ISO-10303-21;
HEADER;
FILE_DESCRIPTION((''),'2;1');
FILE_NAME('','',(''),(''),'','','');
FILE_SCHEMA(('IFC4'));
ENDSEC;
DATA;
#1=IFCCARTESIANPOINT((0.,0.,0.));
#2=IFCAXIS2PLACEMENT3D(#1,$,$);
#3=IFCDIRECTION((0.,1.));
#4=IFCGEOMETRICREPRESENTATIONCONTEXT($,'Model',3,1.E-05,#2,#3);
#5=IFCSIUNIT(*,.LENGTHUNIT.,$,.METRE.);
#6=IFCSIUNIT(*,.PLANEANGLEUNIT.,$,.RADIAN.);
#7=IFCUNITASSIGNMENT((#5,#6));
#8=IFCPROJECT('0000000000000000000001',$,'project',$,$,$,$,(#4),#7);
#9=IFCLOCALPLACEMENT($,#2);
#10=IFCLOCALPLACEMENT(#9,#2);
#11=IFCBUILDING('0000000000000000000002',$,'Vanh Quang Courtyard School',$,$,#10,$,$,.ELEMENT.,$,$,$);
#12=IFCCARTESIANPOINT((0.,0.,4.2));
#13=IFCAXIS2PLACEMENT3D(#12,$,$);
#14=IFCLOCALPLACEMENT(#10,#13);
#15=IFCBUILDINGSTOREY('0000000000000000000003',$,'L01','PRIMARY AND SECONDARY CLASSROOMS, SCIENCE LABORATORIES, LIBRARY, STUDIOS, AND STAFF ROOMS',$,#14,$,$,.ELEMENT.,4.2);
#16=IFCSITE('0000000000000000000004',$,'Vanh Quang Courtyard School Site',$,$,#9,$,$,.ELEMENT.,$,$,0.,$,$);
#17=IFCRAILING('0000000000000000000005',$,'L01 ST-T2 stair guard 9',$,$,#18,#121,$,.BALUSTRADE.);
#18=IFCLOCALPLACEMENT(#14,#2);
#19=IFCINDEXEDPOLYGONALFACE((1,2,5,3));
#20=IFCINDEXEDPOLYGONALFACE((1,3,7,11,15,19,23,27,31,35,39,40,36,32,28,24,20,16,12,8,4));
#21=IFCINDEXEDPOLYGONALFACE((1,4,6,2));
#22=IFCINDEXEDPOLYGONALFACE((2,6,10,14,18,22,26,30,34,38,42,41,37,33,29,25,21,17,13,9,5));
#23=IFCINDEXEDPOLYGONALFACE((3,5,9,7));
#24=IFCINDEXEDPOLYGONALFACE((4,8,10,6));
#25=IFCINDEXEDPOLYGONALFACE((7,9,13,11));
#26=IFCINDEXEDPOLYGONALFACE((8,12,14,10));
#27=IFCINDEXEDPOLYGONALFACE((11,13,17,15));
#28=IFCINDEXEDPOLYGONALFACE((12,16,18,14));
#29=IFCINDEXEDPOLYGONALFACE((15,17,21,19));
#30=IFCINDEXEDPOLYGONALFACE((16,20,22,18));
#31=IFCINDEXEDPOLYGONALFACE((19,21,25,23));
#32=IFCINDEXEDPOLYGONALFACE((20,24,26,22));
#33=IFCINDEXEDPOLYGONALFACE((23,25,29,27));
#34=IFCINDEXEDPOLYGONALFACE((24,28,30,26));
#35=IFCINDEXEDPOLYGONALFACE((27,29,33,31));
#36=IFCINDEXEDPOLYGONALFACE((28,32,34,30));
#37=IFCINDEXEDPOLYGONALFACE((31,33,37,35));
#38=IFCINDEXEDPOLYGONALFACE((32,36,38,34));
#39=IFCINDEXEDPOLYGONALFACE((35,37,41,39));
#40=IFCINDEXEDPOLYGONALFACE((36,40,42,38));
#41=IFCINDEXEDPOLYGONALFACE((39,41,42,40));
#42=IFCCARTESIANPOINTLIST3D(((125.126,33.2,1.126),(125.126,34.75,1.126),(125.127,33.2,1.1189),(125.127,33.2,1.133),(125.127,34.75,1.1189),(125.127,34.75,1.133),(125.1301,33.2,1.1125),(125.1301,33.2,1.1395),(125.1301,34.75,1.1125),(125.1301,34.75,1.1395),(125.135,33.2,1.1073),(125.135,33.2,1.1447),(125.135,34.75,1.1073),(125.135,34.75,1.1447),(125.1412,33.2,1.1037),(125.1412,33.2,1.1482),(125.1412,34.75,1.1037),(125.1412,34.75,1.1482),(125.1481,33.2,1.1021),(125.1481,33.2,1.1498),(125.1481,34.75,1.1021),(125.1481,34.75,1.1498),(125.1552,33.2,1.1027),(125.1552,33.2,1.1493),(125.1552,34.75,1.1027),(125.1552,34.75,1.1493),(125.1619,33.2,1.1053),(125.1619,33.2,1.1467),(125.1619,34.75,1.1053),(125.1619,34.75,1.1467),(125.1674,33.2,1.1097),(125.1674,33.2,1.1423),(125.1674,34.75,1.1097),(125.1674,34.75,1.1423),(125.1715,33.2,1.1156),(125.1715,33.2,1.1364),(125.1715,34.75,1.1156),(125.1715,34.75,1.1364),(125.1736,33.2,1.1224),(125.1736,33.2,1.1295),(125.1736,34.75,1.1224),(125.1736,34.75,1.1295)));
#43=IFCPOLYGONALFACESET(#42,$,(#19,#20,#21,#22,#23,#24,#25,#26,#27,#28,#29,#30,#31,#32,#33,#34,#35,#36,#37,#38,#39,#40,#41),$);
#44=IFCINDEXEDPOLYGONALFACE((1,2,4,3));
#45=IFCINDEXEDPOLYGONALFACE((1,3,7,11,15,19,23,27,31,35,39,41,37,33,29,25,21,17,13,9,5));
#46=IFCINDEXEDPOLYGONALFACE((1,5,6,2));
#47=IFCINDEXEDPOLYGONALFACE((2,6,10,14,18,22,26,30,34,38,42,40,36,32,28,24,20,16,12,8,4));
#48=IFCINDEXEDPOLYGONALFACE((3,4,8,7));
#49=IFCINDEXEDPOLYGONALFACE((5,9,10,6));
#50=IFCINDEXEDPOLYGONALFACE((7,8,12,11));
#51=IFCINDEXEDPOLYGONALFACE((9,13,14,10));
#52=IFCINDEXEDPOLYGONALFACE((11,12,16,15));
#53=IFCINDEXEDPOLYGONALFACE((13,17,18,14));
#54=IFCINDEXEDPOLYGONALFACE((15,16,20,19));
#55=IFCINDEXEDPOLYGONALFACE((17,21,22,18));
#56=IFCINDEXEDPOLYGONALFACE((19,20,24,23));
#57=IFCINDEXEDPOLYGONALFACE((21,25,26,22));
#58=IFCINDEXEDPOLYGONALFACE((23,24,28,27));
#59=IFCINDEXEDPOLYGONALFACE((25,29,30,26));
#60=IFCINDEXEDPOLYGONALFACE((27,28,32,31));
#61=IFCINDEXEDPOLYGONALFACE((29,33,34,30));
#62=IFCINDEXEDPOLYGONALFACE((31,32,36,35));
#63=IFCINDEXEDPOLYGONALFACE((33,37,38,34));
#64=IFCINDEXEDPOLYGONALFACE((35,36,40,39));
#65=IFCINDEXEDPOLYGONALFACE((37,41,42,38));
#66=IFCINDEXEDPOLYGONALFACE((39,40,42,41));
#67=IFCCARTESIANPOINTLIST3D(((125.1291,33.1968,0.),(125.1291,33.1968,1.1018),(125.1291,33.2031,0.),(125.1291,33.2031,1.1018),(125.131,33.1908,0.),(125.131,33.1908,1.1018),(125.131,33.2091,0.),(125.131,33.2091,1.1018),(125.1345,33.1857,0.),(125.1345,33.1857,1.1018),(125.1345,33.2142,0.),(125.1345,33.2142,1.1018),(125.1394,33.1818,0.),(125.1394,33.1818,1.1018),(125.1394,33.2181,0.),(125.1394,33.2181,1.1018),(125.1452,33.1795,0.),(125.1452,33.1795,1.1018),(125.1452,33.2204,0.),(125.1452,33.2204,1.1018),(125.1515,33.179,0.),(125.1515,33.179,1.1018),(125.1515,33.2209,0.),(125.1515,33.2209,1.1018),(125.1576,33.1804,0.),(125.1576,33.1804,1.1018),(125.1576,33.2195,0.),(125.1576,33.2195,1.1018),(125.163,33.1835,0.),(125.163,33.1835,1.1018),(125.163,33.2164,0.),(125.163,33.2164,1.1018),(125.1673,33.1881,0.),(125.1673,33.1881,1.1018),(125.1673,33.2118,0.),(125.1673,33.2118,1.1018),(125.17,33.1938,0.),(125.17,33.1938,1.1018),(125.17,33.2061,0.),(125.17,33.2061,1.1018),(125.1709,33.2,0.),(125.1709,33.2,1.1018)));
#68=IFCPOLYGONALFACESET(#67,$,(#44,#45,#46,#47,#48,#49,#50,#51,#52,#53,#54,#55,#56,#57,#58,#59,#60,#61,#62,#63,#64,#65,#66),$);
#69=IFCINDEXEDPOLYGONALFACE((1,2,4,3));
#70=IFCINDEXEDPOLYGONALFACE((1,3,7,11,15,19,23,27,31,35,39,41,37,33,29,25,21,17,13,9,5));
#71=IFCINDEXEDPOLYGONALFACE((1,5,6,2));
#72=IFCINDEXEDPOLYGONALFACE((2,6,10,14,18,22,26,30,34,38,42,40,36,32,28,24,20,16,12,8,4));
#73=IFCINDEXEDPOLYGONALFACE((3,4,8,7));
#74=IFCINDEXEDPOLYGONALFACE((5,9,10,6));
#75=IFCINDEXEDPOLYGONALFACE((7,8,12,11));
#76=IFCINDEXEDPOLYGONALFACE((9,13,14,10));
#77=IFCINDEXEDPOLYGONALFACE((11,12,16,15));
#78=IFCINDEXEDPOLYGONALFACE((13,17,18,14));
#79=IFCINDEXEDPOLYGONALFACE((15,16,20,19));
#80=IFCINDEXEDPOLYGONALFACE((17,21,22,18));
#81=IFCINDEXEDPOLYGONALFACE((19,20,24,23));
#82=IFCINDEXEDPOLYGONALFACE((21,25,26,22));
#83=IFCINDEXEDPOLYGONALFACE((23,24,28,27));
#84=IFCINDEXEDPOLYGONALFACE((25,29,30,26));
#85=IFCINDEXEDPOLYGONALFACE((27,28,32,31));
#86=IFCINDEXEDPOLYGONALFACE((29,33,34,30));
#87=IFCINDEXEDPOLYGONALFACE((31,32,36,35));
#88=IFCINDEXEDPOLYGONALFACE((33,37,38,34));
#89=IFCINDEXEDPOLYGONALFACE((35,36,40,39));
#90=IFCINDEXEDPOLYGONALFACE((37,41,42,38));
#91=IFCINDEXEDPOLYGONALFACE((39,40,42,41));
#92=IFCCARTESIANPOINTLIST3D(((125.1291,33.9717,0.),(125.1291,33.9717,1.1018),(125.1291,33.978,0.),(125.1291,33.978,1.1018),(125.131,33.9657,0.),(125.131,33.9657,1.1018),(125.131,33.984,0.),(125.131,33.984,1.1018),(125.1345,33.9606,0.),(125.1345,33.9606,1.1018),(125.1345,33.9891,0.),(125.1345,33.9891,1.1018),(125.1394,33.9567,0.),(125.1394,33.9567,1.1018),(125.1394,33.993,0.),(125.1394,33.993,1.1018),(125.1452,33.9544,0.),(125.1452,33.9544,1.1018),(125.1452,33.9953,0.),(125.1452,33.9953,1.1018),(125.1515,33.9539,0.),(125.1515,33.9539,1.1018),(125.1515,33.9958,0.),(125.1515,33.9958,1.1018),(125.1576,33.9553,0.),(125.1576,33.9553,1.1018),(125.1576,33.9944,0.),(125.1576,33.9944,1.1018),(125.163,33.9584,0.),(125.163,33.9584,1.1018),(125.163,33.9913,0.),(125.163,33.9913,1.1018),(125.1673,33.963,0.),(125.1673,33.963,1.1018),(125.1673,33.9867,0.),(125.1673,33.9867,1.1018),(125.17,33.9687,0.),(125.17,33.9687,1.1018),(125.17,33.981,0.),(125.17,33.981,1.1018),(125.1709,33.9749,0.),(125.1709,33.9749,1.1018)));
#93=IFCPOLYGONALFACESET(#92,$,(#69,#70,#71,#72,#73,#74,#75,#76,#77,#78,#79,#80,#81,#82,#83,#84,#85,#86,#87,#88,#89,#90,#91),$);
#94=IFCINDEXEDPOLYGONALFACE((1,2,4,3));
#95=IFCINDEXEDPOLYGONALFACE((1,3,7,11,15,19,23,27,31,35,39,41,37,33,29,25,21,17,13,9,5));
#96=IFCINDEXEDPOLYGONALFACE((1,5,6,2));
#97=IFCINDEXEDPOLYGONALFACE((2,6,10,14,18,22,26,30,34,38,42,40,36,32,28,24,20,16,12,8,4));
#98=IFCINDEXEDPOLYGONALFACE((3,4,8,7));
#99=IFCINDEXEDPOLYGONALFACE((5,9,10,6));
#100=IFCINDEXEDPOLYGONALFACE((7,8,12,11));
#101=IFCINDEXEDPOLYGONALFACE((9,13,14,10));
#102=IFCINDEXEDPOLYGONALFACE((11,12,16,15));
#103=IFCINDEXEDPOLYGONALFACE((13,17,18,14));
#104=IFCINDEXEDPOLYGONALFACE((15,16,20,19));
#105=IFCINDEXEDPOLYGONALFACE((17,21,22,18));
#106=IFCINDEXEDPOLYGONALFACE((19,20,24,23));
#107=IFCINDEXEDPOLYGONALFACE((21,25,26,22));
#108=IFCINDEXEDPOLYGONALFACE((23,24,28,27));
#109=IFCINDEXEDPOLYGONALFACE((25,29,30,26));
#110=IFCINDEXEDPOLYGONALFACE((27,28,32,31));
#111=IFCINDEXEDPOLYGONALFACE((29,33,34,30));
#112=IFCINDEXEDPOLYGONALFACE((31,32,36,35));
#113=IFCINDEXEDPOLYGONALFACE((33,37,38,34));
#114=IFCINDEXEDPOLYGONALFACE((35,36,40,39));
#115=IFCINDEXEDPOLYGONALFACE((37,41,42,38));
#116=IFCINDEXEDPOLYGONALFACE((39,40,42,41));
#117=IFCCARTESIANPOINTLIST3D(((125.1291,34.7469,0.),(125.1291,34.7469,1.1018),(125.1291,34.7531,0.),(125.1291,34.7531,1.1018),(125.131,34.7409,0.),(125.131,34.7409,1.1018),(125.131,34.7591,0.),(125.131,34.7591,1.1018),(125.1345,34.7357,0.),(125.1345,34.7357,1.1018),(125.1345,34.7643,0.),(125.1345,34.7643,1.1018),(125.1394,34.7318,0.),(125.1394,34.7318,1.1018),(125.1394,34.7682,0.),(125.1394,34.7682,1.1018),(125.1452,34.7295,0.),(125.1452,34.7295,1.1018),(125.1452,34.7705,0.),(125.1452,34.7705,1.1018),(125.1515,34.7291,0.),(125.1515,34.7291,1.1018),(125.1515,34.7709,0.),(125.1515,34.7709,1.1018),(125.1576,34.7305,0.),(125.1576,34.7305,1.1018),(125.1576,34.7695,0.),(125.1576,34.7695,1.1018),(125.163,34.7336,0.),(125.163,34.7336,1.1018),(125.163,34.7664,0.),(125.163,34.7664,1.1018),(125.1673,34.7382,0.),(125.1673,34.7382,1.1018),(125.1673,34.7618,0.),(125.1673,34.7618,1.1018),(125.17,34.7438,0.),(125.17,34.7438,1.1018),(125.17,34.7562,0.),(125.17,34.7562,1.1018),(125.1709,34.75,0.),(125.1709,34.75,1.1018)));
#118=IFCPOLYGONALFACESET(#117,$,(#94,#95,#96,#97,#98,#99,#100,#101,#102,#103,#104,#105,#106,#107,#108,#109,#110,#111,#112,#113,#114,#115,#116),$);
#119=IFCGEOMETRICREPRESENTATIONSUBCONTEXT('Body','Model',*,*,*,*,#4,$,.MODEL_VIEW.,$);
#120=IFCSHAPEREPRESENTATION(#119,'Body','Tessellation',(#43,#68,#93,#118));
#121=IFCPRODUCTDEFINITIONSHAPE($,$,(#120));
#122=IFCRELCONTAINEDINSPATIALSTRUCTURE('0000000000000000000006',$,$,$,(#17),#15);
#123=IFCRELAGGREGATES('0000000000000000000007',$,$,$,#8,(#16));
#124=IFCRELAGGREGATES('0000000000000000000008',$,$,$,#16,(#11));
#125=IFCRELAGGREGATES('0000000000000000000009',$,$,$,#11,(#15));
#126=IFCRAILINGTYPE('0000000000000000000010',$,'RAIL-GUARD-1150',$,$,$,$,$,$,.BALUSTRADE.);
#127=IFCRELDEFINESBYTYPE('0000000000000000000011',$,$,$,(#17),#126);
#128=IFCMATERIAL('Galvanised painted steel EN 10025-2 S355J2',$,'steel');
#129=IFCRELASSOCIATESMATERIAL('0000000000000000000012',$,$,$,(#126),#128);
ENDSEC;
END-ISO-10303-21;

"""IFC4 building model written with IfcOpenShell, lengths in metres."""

from ifc_helpers import new_model, si_unit, direction, frame, origin, origin_2d, place, context, subcontext, project, spatial, circle, extrude, material, type_object, element, save


model = new_model("IFC4")

# Units and contexts
model_context = context("Model", 3, precision=1e-05, world=origin(), true_north=direction((0.0, 1.0)))
body_context = subcontext(model_context, "Body", "Model", "MODEL_VIEW")
ifc_project = project(units=[si_unit("LENGTHUNIT", "METRE"), si_unit("PLANEANGLEUNIT", "RADIAN")], contexts=[model_context])

# Site, building, storey
site_placement = place(None, origin())
site = spatial("IfcSite", under=ifc_project, at=site_placement, Name="Vanh Quang Courtyard School Site", CompositionType="ELEMENT", RefElevation=0.0)
building_placement = place(site_placement, origin())
building = spatial("IfcBuilding", under=site, at=building_placement, Name="Vanh Quang Courtyard School", CompositionType="ELEMENT")
storey_placement = place(building_placement, frame((0.0, 0.0, 4.2)))
storey = spatial("IfcBuildingStorey", under=building, at=storey_placement, Name="L01", Description="PRIMARY AND SECONDARY CLASSROOMS, SCIENCE LABORATORIES, LIBRARY, STUDIOS, AND STAFF ROOMS", CompositionType="ELEMENT", Elevation=4.2)

# Railing
ifc_material_1 = material(Name="Galvanised painted steel EN 10025-2 S355J2", Category="steel")
railing_type_1 = type_object("IfcRailingType", Name="RAIL-GUARD-1150", PredefinedType="BALUSTRADE", material=ifc_material_1)
railing_1_placement = place(storey_placement, frame((125.1499, 33.2, 0.0)))
element("IfcRailing", 1, at=railing_1_placement, inside=storey, type_object=railing_type_1, Name="L01 ST-T2 stair guard 9", PredefinedType="BALUSTRADE", context=body_context, shape_type="SweptSolid", body=[
    extrude(circle(Radius=0.0239, at=origin_2d()), frame((0.0, 0.0, 1.126), z_axis=(0.0, 1.0, 0.0), x_axis=(-1.0, 0.0, 0.0)), (0.0, 0.0, 1.0), 1.55),
    extrude(circle(Radius=0.021, at=origin_2d()), origin(), (0.0, 0.0, 1.0), 1.1018),
    extrude(circle(Radius=0.021, at=origin_2d()), frame((0.0, 0.7749, 0.0)), (0.0, 0.0, 1.0), 1.1018),
    extrude(circle(Radius=0.021, at=origin_2d()), frame((0.0, 1.55, 0.0)), (0.0, 0.0, 1.0), 1.1018),
])

save(model, "model.ifc")
